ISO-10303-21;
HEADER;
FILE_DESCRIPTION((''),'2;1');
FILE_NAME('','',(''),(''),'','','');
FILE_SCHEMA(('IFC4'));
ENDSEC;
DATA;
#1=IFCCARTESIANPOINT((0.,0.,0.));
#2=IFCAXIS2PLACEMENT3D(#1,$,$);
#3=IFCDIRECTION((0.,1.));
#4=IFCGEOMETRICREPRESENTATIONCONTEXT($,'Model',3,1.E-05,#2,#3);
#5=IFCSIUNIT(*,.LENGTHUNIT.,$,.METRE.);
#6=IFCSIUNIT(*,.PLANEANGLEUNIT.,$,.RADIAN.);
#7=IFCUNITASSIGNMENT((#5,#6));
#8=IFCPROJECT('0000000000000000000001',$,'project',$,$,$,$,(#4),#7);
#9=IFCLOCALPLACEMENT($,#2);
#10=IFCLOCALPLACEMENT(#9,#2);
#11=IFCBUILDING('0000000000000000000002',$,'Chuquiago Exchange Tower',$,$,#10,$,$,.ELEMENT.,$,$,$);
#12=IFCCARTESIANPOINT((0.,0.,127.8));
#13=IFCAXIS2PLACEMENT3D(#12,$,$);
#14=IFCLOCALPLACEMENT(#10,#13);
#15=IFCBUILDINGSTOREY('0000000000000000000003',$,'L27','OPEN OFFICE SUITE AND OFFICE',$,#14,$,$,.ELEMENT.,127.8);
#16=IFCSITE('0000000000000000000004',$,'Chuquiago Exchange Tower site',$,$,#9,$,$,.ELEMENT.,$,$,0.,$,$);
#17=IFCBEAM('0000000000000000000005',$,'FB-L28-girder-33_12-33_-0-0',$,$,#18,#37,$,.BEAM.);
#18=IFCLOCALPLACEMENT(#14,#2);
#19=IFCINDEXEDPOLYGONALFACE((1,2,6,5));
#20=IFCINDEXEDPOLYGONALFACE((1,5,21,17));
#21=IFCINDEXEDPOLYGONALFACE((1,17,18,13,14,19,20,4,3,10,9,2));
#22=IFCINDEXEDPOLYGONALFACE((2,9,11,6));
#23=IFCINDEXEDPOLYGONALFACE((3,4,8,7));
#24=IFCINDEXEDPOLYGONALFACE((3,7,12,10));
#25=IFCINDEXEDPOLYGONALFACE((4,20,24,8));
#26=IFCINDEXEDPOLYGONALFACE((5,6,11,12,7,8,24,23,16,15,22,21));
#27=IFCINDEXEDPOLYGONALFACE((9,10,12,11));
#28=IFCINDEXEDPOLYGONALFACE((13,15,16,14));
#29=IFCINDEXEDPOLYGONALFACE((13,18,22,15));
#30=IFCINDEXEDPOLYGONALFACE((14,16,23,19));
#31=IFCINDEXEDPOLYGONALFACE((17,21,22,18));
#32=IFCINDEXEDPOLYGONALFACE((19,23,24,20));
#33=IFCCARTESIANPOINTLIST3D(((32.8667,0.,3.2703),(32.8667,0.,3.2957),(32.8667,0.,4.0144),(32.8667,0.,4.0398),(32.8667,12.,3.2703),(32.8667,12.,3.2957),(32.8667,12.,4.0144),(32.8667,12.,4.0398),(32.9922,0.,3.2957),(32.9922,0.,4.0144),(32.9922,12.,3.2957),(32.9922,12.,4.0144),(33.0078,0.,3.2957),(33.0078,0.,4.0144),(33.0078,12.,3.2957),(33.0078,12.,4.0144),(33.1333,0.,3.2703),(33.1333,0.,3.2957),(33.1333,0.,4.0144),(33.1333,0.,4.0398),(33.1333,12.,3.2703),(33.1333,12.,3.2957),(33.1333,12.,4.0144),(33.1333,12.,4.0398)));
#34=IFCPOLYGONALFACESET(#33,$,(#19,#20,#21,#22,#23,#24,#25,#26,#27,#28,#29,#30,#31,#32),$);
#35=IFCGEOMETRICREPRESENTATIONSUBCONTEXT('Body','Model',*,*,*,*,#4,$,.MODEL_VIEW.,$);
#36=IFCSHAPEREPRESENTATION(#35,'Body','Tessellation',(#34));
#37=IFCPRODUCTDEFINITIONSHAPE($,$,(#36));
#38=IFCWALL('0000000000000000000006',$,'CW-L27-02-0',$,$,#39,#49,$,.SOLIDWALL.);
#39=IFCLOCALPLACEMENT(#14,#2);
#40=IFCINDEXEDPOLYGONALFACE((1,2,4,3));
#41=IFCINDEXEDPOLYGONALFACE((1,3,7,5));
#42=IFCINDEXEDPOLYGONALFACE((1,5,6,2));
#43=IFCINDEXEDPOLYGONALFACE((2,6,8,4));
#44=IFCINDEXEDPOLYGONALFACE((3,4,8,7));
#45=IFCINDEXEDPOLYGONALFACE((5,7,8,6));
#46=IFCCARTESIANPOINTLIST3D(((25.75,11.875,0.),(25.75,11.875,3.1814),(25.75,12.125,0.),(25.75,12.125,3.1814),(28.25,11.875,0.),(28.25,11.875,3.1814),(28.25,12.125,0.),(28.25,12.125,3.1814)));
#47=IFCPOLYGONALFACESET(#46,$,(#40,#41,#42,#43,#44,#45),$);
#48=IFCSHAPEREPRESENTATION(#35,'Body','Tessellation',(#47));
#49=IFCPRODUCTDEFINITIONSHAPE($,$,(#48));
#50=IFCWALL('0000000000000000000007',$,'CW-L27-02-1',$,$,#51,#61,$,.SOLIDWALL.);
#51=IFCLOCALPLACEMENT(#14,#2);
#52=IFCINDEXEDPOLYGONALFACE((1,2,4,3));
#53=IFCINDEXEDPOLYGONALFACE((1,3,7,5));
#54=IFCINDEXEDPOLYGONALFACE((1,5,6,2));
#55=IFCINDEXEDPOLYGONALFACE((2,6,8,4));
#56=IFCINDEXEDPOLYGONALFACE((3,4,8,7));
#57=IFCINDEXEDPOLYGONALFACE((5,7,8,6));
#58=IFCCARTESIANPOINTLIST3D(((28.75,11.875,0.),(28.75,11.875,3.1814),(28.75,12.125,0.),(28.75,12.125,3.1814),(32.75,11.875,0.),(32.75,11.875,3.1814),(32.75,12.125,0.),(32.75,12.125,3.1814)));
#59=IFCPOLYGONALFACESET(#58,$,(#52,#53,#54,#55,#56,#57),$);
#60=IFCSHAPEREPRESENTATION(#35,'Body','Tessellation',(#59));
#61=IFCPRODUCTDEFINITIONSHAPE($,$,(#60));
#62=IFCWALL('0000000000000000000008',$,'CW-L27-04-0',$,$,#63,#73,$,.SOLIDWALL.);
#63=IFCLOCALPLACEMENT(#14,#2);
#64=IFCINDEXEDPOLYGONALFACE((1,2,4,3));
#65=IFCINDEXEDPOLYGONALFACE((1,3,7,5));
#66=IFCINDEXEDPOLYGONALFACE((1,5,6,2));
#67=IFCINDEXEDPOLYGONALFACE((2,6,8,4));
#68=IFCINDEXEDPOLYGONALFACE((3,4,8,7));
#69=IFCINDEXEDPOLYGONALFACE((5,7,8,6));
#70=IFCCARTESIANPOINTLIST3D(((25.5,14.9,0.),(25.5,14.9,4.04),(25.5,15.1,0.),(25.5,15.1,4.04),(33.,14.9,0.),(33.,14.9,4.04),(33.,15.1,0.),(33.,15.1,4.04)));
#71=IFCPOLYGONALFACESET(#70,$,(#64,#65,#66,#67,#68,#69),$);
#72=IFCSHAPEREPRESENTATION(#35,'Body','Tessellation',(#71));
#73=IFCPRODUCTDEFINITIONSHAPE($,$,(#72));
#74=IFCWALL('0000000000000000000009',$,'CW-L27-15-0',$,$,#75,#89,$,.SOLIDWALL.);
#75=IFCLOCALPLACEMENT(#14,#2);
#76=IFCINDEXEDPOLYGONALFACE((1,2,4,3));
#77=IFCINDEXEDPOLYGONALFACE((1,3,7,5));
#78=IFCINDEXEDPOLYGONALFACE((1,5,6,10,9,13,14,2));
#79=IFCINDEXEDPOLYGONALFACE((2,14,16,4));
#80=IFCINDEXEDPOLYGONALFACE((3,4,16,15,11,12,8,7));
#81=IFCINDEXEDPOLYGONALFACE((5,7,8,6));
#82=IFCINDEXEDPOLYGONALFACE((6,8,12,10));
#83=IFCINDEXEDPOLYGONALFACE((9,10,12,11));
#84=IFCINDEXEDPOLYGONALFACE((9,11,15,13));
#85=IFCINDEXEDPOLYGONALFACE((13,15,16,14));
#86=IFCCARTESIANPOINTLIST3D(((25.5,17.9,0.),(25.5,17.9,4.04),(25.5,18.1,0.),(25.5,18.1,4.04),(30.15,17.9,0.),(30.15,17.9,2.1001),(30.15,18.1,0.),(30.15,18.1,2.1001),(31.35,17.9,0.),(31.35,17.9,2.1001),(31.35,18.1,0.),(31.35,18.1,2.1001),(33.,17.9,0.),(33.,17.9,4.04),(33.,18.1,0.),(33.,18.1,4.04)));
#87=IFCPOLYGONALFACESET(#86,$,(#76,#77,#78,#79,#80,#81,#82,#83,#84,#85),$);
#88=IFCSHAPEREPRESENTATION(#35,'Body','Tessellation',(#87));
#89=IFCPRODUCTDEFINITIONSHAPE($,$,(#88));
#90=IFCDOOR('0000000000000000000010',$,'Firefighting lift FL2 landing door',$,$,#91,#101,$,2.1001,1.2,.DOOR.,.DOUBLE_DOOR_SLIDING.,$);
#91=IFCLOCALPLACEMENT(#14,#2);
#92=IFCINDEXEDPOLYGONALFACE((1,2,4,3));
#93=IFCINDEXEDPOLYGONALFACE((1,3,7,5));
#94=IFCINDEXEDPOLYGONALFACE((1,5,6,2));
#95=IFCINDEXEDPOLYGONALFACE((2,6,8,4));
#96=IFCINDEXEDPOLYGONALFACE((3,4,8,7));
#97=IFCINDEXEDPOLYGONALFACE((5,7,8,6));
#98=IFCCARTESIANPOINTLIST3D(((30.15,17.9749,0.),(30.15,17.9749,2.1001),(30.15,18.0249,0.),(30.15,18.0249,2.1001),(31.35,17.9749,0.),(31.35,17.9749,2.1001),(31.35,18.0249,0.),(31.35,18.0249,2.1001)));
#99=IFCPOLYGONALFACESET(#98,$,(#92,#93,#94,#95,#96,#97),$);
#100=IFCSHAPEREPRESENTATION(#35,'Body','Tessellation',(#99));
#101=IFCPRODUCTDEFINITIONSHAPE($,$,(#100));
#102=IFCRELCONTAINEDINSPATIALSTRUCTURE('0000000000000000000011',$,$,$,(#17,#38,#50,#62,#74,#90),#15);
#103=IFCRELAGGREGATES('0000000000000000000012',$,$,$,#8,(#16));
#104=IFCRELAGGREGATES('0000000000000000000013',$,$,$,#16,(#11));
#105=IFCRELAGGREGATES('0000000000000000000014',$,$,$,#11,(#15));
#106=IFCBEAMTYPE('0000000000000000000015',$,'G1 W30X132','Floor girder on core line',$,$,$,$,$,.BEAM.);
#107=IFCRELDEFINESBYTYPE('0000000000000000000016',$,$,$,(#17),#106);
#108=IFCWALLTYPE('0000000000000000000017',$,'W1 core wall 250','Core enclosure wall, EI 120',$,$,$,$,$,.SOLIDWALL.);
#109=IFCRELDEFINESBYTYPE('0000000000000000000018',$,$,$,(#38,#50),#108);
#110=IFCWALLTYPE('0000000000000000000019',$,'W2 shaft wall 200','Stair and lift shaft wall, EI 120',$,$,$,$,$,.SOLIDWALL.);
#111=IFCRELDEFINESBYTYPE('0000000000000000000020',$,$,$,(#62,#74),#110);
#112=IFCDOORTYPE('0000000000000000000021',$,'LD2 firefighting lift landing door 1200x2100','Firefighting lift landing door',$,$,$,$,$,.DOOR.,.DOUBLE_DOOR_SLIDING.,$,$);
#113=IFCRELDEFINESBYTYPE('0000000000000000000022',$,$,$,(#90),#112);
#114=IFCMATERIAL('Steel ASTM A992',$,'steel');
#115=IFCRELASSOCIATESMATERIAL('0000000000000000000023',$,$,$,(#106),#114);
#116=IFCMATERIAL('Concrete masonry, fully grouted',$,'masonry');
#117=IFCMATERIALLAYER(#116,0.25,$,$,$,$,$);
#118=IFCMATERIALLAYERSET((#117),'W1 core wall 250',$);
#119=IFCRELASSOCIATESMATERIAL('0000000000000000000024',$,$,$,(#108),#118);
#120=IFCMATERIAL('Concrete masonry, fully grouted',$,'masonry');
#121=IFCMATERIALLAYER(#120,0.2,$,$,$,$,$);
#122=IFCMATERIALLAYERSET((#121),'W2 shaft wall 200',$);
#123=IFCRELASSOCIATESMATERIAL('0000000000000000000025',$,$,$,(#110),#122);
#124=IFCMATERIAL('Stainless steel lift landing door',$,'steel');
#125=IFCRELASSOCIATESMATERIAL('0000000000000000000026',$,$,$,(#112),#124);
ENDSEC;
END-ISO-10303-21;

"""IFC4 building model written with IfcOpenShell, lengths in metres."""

from ifc_helpers import new_model, si_unit, direction, frame, frame_2d, origin, origin_2d, place, context, subcontext, project, spatial, rectangle, i_section, extrude, material, layer, layer_set, material_profile, profile_set, type_object, element, fill, save


model = new_model("IFC4")

# Units and contexts
model_context = context("Model", 3, precision=1e-05, world=origin(), true_north=direction((0.0, 1.0)))
body_context = subcontext(model_context, "Body", "Model", "MODEL_VIEW")
ifc_project = project(units=[si_unit("LENGTHUNIT", "METRE"), si_unit("PLANEANGLEUNIT", "RADIAN")], contexts=[model_context])

# Site, building, storey
site_placement = place(None, origin())
site = spatial("IfcSite", under=ifc_project, at=site_placement, Name="Chuquiago Exchange Tower site", CompositionType="ELEMENT", RefElevation=0.0)
building_placement = place(site_placement, origin())
building = spatial("IfcBuilding", under=site, at=building_placement, Name="Chuquiago Exchange Tower", CompositionType="ELEMENT")
storey_placement = place(building_placement, frame((0.0, 0.0, 127.8)))
storey = spatial("IfcBuildingStorey", under=building, at=storey_placement, Name="L27", Description="OPEN OFFICE SUITE AND OFFICE", CompositionType="ELEMENT", Elevation=127.8)

# Beam
ifc_material_1 = material(Name="Steel ASTM A992", Category="steel")
ifc_material_profile_1 = material_profile(ifc_material_1, i_section(OverallWidth=0.2666, OverallDepth=0.7695, WebThickness=0.0156, FlangeThickness=0.0254, at=origin_2d()), Name="W30X132")
ifc_profile_set_1 = profile_set([ifc_material_profile_1], Name="Steel ASTM A992")
beam_type_1 = type_object("IfcBeamType", Name="G1 W30X132", Description="Floor girder on core line", PredefinedType="BEAM", material=ifc_profile_set_1)
beam_1_placement = place(storey_placement, frame((33.0, 12.0, 3.655), z_axis=(0.0, -1.0, 0.0), x_axis=(1.0, 0.0, 0.0)))
element("IfcBeam", 1, at=beam_1_placement, inside=storey, type_object=beam_type_1, Name="FB-L28-girder-33_12-33_-0-0", PredefinedType="BEAM", context=body_context, shape_type="SweptSolid", body=[
    extrude(i_section(OverallWidth=0.2666, OverallDepth=0.7695, WebThickness=0.0156, FlangeThickness=0.0254, at=origin_2d()), origin(), (0.0, 0.0, 1.0), 12.0),
])

# Walls
ifc_material_2 = material(Name="Concrete masonry, fully grouted", Category="masonry")
ifc_layer_1 = layer(ifc_material_2, 0.25)
ifc_layer_set_1 = layer_set([ifc_layer_1], Name="W1 core wall 250")
wall_type_1 = type_object("IfcWallType", Name="W1 core wall 250", Description="Core enclosure wall, EI 120", PredefinedType="SOLIDWALL", material=ifc_layer_set_1)
wall_1_placement = place(storey_placement, frame((25.75, 12.0, 0.0), z_axis=(0.0, 0.0, 1.0), x_axis=(1.0, 0.0, 0.0)))
element("IfcWall", 2, at=wall_1_placement, inside=storey, type_object=wall_type_1, Name="CW-L27-02-0", PredefinedType="SOLIDWALL", context=body_context, shape_type="SweptSolid", body=[
    extrude(rectangle(XDim=2.5, YDim=0.25, at=frame_2d((1.25, 0.0))), origin(), (0.0, 0.0, 1.0), 3.1814),
])
wall_2_placement = place(storey_placement, frame((28.75, 12.0, 0.0), z_axis=(0.0, 0.0, 1.0), x_axis=(1.0, 0.0, 0.0)))
element("IfcWall", 3, at=wall_2_placement, inside=storey, type_object=wall_type_1, Name="CW-L27-02-1", PredefinedType="SOLIDWALL", context=body_context, shape_type="SweptSolid", body=[
    extrude(rectangle(XDim=4.0, YDim=0.25, at=frame_2d((2.0, 0.0))), origin(), (0.0, 0.0, 1.0), 3.1814),
])
ifc_material_3 = material(Name="Concrete masonry, fully grouted", Category="masonry")
ifc_layer_2 = layer(ifc_material_3, 0.2)
ifc_layer_set_2 = layer_set([ifc_layer_2], Name="W2 shaft wall 200")
wall_type_2 = type_object("IfcWallType", Name="W2 shaft wall 200", Description="Stair and lift shaft wall, EI 120", PredefinedType="SOLIDWALL", material=ifc_layer_set_2)
wall_3_placement = place(storey_placement, frame((25.5, 15.0, 0.0), z_axis=(0.0, 0.0, 1.0), x_axis=(1.0, 0.0, 0.0)))
element("IfcWall", 4, at=wall_3_placement, inside=storey, type_object=wall_type_2, Name="CW-L27-04-0", PredefinedType="SOLIDWALL", context=body_context, shape_type="SweptSolid", body=[
    extrude(rectangle(XDim=7.5, YDim=0.2, at=frame_2d((3.75, 0.0))), origin(), (0.0, 0.0, 1.0), 4.04),
])

# Wall, opening, door
wall_4_placement = place(storey_placement, frame((25.5, 18.0, 0.0), z_axis=(0.0, 0.0, 1.0), x_axis=(1.0, 0.0, 0.0)))
wall_4 = element("IfcWall", 5, at=wall_4_placement, inside=storey, type_object=wall_type_2, Name="CW-L27-15-0", PredefinedType="SOLIDWALL", context=body_context, shape_type="SweptSolid", body=[
    extrude(rectangle(XDim=7.5, YDim=0.2, at=frame_2d((3.75, 0.0))), origin(), (0.0, 0.0, 1.0), 4.04),
])
opening_1_placement = place(wall_4_placement, frame((4.6499, 0.0, 0.0)))
opening_1 = element("IfcOpeningElement", 6, at=opening_1_placement, cuts=wall_4, PredefinedType="OPENING", context=body_context, shape_type="SweptSolid", body=[
    extrude(rectangle(XDim=1.2, YDim=2.1001, at=frame_2d((0.6001, 1.05))), frame((0.0, 0.1099, 0.0), z_axis=(0.0, -1.0, 0.0), x_axis=(1.0, 0.0, 0.0)), (0.0, 0.0, 1.0), 0.22),
])
ifc_material_4 = material(Name="Stainless steel lift landing door", Category="steel")
door_type_1 = type_object("IfcDoorType", Name="LD2 firefighting lift landing door 1200x2100", Description="Firefighting lift landing door", OperationType="DOUBLE_DOOR_SLIDING", PredefinedType="DOOR", material=ifc_material_4)
door_1_placement = place(opening_1_placement, origin())
door_1 = element("IfcDoor", 7, at=door_1_placement, inside=storey, type_object=door_type_1, Name="Firefighting lift FL2 landing door", OperationType="DOUBLE_DOOR_SLIDING", OverallHeight=2.1001, OverallWidth=1.2, PredefinedType="DOOR", context=body_context, shape_type="SweptSolid", body=[
    extrude(rectangle(XDim=1.2, YDim=2.1001, at=frame_2d((0.6001, 1.05))), frame((0.0, 0.0249, 0.0), z_axis=(0.0, -1.0, 0.0), x_axis=(1.0, 0.0, 0.0)), (0.0, 0.0, 1.0), 0.05),
])
fill(opening_1, door_1)

save(model, "model.ifc")
